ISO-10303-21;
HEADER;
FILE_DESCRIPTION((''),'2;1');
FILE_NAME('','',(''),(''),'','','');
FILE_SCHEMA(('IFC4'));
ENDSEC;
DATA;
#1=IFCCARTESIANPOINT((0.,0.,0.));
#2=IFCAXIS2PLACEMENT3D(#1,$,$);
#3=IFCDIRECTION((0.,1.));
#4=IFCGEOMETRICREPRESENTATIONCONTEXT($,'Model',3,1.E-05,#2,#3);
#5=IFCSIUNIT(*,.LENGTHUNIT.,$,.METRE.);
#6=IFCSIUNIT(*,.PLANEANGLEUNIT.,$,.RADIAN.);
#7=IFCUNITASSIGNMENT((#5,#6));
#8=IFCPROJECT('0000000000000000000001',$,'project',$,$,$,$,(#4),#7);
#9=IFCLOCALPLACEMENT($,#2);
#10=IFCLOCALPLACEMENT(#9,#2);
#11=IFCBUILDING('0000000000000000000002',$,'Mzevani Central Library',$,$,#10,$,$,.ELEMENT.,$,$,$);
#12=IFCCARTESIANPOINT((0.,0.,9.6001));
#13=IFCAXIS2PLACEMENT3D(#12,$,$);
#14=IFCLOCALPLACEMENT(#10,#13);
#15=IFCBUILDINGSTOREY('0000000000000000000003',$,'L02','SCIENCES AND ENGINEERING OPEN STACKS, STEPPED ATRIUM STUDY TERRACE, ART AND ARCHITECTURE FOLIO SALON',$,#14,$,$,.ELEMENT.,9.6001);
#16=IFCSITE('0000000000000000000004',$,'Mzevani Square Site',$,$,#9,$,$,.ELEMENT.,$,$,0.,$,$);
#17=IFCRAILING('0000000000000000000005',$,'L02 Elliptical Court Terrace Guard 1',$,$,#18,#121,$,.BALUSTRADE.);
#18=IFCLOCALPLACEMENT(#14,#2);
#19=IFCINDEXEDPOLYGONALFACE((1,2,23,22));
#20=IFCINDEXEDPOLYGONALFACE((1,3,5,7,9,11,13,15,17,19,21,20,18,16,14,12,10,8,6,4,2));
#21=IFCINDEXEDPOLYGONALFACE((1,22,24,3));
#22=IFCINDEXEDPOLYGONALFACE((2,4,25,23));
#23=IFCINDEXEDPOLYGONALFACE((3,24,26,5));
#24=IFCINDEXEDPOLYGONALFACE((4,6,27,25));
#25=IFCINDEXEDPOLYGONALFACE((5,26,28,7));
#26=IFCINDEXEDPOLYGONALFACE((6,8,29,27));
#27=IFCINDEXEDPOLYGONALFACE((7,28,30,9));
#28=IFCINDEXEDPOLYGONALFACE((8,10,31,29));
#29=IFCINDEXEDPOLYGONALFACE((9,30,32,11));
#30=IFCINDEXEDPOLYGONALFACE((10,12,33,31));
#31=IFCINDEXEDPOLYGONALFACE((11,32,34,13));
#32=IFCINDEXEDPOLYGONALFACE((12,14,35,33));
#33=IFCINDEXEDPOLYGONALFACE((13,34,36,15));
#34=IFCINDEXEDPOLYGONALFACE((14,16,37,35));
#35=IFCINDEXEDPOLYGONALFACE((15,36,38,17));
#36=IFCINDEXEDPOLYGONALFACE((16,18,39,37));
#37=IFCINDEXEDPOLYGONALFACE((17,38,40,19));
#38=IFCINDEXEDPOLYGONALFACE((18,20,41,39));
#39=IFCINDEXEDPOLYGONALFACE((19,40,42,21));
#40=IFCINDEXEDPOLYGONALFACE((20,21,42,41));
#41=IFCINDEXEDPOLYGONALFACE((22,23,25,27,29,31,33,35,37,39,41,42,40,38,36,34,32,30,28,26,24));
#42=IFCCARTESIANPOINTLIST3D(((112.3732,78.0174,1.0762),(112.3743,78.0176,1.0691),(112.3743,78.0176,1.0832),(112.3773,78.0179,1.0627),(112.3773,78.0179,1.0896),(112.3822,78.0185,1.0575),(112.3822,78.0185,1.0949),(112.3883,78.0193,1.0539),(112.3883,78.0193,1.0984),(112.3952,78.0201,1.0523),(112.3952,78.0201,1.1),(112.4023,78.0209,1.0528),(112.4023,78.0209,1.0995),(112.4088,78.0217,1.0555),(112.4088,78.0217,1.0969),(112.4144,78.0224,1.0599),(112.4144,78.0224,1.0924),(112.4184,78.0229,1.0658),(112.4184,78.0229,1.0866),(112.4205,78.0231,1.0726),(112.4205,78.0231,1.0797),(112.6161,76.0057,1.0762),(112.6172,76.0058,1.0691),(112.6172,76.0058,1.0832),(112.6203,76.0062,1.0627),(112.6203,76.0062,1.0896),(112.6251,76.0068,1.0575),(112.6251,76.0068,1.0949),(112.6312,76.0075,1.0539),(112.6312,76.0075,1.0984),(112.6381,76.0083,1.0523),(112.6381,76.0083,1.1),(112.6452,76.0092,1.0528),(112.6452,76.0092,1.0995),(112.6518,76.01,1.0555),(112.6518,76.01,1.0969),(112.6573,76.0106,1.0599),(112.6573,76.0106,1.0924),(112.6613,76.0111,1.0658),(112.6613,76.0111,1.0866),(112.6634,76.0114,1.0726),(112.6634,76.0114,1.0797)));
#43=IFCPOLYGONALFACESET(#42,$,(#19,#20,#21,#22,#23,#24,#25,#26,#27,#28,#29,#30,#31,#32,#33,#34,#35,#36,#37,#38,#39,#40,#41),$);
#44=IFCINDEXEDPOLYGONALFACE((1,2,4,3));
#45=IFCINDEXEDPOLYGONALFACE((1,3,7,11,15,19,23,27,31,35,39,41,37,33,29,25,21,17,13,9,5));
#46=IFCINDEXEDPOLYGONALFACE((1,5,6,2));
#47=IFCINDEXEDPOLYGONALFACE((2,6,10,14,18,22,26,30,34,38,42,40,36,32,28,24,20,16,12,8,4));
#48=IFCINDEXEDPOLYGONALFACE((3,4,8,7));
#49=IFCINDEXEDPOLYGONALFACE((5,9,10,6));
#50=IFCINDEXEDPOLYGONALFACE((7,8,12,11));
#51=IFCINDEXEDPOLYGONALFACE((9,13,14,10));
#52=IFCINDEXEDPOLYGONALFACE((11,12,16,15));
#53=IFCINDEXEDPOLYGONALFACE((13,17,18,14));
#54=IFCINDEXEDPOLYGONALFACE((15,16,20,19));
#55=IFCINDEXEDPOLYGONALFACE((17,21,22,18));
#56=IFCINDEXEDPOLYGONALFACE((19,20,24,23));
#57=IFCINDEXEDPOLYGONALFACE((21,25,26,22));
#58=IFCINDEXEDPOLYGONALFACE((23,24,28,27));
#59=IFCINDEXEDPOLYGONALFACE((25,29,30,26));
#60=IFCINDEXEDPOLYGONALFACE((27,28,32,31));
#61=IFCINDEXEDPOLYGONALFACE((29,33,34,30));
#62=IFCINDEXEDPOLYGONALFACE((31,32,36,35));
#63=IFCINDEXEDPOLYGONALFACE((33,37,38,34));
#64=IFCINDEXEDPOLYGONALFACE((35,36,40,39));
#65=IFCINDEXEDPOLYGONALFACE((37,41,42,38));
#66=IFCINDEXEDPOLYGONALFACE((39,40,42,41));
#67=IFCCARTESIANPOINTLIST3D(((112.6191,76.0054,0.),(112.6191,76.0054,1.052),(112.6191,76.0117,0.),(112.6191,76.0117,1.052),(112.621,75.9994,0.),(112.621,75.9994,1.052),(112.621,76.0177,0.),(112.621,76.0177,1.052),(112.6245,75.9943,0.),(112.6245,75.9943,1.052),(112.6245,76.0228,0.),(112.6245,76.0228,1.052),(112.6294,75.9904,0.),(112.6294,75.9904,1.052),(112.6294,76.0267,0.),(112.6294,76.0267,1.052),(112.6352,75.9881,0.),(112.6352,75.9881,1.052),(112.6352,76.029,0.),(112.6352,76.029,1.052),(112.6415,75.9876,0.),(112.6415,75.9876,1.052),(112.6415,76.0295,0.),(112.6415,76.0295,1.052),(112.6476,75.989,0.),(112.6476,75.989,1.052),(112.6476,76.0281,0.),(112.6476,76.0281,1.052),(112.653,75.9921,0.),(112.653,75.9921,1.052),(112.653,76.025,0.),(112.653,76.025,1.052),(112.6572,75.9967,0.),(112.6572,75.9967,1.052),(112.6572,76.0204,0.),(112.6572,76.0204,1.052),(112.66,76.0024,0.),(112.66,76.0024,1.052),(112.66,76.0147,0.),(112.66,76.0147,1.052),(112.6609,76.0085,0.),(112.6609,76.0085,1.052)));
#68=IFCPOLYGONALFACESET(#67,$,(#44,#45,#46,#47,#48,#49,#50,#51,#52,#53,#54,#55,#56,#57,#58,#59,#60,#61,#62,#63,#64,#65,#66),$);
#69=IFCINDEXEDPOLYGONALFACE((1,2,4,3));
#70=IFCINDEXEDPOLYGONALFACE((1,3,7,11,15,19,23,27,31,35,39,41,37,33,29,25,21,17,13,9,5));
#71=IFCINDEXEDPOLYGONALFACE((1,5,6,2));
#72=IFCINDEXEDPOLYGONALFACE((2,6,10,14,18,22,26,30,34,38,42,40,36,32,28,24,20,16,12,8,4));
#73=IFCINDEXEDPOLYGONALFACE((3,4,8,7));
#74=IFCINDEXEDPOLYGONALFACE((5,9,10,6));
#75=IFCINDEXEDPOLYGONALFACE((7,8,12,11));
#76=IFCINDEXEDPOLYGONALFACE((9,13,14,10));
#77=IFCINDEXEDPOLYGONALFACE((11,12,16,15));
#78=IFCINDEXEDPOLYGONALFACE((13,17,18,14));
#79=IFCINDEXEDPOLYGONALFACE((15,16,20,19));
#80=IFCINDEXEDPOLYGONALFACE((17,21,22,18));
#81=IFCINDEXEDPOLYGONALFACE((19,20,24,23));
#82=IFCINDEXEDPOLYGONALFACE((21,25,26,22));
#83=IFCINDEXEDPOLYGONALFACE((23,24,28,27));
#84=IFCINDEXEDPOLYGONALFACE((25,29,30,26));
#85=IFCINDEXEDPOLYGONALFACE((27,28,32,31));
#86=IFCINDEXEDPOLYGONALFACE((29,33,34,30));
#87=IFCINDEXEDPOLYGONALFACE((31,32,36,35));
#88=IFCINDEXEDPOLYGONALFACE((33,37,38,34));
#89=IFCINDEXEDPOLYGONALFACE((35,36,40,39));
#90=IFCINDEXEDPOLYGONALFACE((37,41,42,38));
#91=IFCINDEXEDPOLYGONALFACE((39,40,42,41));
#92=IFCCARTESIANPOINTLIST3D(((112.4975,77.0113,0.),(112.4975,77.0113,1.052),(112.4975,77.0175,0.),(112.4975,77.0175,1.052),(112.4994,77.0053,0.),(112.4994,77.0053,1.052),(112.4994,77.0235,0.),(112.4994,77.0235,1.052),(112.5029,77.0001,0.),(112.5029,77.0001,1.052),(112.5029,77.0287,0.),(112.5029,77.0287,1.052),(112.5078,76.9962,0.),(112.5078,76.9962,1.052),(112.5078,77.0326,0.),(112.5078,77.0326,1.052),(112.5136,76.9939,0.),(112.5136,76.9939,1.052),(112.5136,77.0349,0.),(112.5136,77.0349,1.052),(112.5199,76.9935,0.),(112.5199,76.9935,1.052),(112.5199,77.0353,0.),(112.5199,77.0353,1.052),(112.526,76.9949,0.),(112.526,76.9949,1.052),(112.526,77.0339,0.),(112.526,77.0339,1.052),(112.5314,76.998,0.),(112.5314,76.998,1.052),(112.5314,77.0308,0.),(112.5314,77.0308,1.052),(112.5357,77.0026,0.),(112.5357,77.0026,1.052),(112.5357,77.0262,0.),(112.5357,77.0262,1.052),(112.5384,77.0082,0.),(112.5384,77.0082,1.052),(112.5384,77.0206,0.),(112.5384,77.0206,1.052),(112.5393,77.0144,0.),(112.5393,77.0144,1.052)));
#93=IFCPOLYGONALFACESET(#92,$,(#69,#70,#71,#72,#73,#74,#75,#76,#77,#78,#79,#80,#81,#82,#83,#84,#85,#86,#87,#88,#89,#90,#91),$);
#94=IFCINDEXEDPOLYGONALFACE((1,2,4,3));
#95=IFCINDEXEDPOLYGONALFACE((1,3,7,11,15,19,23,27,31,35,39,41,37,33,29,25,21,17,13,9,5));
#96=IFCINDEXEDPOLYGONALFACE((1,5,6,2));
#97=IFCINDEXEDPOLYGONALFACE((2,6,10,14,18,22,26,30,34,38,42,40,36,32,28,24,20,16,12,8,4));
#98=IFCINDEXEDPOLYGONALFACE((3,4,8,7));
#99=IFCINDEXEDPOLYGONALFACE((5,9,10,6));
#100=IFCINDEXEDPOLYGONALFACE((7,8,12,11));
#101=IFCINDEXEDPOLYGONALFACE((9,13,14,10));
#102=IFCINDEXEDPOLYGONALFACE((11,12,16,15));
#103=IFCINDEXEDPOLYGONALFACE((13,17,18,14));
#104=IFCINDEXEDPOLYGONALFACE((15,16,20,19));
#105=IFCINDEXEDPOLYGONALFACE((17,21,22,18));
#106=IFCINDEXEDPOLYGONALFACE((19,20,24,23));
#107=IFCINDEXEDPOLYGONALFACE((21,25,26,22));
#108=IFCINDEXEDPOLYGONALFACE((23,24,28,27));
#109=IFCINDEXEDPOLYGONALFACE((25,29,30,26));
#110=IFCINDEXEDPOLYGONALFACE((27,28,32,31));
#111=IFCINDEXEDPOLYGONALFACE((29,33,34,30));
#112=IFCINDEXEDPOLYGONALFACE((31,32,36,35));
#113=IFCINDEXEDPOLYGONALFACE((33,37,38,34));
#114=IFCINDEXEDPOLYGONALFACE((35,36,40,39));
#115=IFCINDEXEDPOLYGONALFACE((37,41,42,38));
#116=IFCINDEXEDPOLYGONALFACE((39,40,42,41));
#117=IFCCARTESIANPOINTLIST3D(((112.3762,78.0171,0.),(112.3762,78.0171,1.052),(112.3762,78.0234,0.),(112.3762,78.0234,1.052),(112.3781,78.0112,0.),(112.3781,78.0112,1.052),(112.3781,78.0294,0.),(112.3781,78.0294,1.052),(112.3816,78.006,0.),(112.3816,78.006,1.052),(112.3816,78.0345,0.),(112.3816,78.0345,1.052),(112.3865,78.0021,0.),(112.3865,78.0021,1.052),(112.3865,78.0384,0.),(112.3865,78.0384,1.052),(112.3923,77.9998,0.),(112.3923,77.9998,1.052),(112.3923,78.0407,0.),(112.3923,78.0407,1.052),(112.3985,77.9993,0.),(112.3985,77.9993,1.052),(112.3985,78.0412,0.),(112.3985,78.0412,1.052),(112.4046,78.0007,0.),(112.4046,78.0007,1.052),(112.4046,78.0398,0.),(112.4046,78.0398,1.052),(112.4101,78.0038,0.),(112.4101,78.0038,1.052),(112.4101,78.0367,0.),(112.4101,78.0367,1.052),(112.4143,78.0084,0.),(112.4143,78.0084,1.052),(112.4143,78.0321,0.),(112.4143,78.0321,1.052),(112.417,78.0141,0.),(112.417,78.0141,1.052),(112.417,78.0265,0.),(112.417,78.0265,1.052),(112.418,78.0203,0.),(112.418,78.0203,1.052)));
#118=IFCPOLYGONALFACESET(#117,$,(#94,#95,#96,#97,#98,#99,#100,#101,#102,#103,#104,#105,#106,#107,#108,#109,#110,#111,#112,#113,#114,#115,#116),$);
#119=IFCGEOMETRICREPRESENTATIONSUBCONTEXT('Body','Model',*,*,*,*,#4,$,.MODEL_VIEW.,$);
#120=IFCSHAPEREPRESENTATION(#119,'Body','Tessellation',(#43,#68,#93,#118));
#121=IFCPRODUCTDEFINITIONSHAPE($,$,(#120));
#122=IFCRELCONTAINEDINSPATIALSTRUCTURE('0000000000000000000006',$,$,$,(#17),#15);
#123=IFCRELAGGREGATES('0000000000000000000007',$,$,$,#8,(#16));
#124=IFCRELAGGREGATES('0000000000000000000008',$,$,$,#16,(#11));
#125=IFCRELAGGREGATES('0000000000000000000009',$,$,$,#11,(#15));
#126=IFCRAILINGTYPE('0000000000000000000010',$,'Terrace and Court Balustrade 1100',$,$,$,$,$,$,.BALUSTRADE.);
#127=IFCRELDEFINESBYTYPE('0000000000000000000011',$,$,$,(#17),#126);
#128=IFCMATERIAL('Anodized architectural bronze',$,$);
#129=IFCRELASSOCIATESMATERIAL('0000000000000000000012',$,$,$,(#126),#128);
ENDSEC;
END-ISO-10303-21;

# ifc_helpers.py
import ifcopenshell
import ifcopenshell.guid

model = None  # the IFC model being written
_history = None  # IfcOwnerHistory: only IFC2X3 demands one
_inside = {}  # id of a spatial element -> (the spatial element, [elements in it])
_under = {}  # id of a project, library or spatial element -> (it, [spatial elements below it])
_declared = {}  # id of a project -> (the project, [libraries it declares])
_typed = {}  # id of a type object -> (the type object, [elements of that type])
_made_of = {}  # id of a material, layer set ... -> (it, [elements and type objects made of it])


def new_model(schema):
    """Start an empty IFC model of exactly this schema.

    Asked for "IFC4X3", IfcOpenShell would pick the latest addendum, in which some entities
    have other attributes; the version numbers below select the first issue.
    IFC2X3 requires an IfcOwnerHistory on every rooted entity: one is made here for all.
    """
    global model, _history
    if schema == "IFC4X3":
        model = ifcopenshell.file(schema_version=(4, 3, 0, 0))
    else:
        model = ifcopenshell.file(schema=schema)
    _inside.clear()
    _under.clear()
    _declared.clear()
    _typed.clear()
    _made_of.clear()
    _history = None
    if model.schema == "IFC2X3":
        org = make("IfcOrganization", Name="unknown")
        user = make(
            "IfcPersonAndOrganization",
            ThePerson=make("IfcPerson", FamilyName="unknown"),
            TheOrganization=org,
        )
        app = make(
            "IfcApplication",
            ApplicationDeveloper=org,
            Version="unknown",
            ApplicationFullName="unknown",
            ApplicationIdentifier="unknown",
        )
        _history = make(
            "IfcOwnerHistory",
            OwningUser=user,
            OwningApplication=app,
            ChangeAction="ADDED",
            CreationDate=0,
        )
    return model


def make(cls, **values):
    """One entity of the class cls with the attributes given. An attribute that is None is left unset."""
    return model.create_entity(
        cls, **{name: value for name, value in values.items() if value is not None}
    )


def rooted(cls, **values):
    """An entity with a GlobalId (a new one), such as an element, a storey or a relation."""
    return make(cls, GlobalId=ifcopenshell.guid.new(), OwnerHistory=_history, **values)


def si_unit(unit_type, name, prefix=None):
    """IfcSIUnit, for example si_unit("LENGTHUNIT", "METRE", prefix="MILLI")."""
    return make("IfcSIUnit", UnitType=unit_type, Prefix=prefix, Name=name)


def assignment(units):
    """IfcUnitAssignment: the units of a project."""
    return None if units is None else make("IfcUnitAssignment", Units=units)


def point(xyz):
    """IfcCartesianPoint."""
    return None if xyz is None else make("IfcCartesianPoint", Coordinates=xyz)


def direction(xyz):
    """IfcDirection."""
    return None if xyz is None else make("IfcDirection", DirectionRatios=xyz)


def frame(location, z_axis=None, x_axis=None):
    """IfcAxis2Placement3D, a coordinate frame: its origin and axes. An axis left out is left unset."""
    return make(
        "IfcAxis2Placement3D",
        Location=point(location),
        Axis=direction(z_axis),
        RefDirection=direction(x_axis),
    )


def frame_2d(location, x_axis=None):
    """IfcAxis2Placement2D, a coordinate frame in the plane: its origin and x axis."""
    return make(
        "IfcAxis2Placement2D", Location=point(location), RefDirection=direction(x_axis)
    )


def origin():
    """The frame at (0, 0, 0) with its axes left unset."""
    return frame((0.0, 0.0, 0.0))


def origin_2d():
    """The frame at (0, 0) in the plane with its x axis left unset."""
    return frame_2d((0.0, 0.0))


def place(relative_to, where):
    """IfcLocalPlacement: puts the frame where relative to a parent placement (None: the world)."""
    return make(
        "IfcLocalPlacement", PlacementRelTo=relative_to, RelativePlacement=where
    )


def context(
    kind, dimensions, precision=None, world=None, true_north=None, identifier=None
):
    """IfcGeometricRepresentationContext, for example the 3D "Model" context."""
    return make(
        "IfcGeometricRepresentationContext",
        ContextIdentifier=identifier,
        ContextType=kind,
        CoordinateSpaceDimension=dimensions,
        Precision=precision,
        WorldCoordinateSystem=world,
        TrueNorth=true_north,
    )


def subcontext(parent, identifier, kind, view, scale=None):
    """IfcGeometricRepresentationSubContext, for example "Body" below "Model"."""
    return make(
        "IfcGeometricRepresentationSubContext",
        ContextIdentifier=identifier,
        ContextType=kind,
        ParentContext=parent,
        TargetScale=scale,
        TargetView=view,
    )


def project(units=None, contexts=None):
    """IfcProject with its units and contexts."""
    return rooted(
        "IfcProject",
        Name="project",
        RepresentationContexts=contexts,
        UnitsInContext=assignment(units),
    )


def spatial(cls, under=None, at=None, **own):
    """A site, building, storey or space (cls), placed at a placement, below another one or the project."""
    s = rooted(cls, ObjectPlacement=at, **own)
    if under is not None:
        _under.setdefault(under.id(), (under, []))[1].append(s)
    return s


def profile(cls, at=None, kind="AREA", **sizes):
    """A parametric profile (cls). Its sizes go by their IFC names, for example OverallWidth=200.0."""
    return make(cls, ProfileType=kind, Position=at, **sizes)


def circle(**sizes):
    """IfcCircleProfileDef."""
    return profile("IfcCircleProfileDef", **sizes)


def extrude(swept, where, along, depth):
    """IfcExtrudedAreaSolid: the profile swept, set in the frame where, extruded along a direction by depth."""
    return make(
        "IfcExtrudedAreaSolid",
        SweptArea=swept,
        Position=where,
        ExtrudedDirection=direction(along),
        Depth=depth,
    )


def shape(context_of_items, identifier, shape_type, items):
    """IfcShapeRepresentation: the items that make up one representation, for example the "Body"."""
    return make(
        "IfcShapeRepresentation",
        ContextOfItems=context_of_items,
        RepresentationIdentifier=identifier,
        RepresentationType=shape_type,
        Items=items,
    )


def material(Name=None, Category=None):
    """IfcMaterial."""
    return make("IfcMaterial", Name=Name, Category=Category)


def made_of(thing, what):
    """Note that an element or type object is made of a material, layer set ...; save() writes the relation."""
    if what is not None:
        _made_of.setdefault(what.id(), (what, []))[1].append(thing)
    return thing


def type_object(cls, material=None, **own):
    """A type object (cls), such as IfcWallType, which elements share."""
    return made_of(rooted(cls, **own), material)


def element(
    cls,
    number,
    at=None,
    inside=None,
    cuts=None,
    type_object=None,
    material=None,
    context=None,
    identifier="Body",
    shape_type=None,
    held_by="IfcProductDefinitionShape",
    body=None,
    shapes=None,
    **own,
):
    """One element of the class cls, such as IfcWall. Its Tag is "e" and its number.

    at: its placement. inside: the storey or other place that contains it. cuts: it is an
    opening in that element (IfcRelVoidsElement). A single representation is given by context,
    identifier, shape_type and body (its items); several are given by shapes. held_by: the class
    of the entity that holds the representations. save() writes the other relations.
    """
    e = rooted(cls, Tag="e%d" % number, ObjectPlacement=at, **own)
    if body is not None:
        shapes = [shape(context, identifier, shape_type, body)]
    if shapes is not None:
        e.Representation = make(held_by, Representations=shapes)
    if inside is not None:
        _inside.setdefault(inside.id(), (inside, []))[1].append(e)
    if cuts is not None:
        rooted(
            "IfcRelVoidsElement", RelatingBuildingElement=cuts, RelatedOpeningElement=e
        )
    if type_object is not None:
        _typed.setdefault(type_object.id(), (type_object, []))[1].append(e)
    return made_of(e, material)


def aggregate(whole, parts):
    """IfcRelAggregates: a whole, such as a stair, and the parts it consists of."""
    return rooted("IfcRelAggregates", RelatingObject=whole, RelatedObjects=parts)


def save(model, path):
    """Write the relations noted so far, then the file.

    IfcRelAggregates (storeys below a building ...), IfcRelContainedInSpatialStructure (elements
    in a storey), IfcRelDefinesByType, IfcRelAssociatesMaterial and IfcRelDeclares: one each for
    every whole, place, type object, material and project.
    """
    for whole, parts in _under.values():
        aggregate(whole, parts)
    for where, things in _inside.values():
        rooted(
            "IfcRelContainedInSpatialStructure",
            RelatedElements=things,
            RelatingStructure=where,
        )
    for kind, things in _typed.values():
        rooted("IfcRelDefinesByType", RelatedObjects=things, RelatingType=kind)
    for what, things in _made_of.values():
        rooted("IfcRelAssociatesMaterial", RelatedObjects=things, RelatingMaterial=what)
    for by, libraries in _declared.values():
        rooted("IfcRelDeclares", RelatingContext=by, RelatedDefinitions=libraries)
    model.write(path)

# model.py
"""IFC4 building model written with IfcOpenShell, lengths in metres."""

from ifc_helpers import new_model, si_unit, direction, frame, origin, origin_2d, place, context, subcontext, project, spatial, circle, extrude, material, type_object, element, save


model = new_model("IFC4")

# Units and contexts
model_context = context("Model", 3, precision=1e-05, world=origin(), true_north=direction((0.0, 1.0)))
body_context = subcontext(model_context, "Body", "Model", "MODEL_VIEW")
ifc_project = project(units=[si_unit("LENGTHUNIT", "METRE"), si_unit("PLANEANGLEUNIT", "RADIAN")], contexts=[model_context])

# Site, building, storey
site_placement = place(None, origin())
site = spatial("IfcSite", under=ifc_project, at=site_placement, Name="Mzevani Square Site", CompositionType="ELEMENT", RefElevation=0.0)
building_placement = place(site_placement, origin())
building = spatial("IfcBuilding", under=site, at=building_placement, Name="Mzevani Central Library", CompositionType="ELEMENT")
storey_placement = place(building_placement, frame((0.0, 0.0, 9.6001)))
storey = spatial("IfcBuildingStorey", under=building, at=storey_placement, Name="L02", Description="SCIENCES AND ENGINEERING OPEN STACKS, STEPPED ATRIUM STUDY TERRACE, ART AND ARCHITECTURE FOLIO SALON", CompositionType="ELEMENT", Elevation=9.6001)

# Railing
ifc_material_1 = material(Name="Anodized architectural bronze")
railing_type = type_object("IfcRailingType", Name="Terrace and Court Balustrade 1100", PredefinedType="BALUSTRADE", material=ifc_material_1)
railing_1_placement = place(storey_placement, frame((112.6399, 76.0085, 0.0)))
element("IfcRailing", 1, at=railing_1_placement, inside=storey, type_object=railing_type, Name="L02 Elliptical Court Terrace Guard 1", PredefinedType="BALUSTRADE", context=body_context, shape_type="SweptSolid", body=[
    extrude(circle(Radius=0.0239, at=origin_2d()), frame((0.0, 0.0, 1.0762), z_axis=(-0.119882, 0.992788, 0.0), x_axis=(-0.992788, -0.119882, 0.0)), (0.0, 0.0, 1.0), 2.0264),
    extrude(circle(Radius=0.021, at=origin_2d()), origin(), (0.0, 0.0, 1.0), 1.052),
    extrude(circle(Radius=0.021, at=origin_2d()), frame((-0.1216, 1.0059, 0.0)), (0.0, 0.0, 1.0), 1.052),
    extrude(circle(Radius=0.021, at=origin_2d()), frame((-0.2429, 2.0117, 0.0)), (0.0, 0.0, 1.0), 1.052),
])

save(model, "model.ifc")
